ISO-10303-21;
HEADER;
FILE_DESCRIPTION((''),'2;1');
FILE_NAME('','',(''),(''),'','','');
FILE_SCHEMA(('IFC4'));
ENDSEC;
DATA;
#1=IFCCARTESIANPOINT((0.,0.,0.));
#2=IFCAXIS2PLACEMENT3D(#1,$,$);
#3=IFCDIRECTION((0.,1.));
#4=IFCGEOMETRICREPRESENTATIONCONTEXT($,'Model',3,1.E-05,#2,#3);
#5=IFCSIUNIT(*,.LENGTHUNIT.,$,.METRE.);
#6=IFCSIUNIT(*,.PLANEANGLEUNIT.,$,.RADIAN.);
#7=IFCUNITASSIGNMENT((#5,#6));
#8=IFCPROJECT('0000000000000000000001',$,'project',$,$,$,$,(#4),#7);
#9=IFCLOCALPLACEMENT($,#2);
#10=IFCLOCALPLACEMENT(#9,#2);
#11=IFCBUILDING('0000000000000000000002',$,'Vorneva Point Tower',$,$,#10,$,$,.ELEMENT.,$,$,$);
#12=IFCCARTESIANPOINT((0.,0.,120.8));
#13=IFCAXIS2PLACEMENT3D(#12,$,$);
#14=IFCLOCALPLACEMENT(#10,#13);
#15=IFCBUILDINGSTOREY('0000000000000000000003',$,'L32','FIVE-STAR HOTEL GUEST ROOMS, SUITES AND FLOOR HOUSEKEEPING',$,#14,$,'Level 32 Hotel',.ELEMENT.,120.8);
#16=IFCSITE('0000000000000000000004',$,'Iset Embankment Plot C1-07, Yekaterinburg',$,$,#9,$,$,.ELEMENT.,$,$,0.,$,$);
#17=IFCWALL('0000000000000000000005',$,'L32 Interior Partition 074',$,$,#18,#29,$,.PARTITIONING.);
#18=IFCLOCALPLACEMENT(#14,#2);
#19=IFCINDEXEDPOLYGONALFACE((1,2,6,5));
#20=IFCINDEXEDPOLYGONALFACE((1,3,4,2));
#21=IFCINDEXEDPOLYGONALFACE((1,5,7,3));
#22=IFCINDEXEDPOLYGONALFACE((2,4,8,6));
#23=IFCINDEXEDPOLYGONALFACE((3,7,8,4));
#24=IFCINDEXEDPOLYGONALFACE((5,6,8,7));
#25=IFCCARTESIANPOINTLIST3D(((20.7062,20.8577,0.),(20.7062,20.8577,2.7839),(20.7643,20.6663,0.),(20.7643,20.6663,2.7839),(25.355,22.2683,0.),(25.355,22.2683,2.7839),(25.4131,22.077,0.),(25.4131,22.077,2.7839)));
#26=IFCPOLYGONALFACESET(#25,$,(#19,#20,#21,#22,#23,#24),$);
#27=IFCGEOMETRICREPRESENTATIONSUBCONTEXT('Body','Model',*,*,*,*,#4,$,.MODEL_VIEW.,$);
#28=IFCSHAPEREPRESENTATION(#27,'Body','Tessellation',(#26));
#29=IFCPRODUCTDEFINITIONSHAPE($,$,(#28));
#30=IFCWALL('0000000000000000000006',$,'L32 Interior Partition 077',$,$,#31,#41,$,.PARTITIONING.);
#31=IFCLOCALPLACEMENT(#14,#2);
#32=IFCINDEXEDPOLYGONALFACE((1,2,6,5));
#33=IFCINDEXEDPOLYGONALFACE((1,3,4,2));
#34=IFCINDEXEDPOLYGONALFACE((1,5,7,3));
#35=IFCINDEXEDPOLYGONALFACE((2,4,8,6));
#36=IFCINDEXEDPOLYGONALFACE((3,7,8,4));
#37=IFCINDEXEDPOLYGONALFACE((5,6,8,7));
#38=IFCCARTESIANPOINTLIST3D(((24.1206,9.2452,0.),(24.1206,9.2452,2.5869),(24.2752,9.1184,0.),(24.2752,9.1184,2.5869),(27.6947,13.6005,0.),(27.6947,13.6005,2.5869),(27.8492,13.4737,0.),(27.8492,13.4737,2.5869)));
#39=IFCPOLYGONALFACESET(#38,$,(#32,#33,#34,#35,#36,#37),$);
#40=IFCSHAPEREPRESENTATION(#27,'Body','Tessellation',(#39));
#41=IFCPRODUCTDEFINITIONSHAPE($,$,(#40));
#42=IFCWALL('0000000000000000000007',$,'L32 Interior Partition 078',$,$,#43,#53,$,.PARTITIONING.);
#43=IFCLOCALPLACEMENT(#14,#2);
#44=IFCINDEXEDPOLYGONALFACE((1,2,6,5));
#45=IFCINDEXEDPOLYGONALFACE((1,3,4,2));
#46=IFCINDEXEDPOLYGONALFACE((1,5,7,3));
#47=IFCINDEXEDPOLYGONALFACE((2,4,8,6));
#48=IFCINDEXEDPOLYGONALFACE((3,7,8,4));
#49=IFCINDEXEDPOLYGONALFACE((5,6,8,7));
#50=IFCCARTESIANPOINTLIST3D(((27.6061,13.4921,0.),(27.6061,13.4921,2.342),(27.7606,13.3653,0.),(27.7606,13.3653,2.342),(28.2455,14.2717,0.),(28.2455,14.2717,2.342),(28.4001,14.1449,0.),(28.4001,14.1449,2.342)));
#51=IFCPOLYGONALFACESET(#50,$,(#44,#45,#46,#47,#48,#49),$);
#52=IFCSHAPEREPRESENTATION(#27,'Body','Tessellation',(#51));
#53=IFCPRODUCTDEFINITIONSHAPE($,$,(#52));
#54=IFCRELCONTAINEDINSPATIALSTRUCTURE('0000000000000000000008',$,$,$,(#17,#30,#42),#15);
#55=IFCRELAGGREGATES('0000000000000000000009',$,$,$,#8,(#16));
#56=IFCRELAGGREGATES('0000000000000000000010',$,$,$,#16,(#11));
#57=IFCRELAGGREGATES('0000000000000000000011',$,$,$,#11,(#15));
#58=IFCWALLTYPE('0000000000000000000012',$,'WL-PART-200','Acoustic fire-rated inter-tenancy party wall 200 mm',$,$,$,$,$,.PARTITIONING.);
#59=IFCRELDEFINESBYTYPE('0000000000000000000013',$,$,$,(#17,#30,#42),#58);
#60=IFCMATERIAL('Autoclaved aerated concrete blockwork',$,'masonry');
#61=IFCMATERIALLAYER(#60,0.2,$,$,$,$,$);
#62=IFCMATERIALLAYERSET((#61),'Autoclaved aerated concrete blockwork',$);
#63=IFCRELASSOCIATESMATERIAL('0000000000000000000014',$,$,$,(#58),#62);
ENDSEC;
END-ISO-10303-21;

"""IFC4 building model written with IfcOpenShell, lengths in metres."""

from ifc_helpers import new_model, si_unit, direction, frame, frame_2d, origin, place, context, subcontext, project, spatial, rectangle, extrude, material, layer, layer_set, type_object, element, save


model = new_model("IFC4")

# Units and contexts
model_context = context("Model", 3, precision=1e-05, world=origin(), true_north=direction((0.0, 1.0)))
body_context = subcontext(model_context, "Body", "Model", "MODEL_VIEW")
ifc_project = project(units=[si_unit("LENGTHUNIT", "METRE"), si_unit("PLANEANGLEUNIT", "RADIAN")], contexts=[model_context])

# Site, building, storey
site_placement = place(None, origin())
site = spatial("IfcSite", under=ifc_project, at=site_placement, Name="Iset Embankment Plot C1-07, Yekaterinburg", CompositionType="ELEMENT", RefElevation=0.0)
building_placement = place(site_placement, origin())
building = spatial("IfcBuilding", under=site, at=building_placement, Name="Vorneva Point Tower", CompositionType="ELEMENT")
storey_placement = place(building_placement, frame((0.0, 0.0, 120.8)))
storey = spatial("IfcBuildingStorey", under=building, at=storey_placement, Name="L32", Description="FIVE-STAR HOTEL GUEST ROOMS, SUITES AND FLOOR HOUSEKEEPING", LongName="Level 32 Hotel", CompositionType="ELEMENT", Elevation=120.8)

# Shared definitions
ifc_material_1 = material(Name="Autoclaved aerated concrete blockwork", Category="masonry")

# Walls
ifc_layer_1 = layer(ifc_material_1, 0.2)
ifc_layer_set_1 = layer_set([ifc_layer_1], Name="Autoclaved aerated concrete blockwork")
wall_type_1 = type_object("IfcWallType", Name="WL-PART-200", Description="Acoustic fire-rated inter-tenancy party wall 200 mm", PredefinedType="PARTITIONING", material=ifc_layer_set_1)
wall_1_placement = place(storey_placement, frame((20.7351, 20.762, 0.0), z_axis=(0.0, 0.0, 1.0), x_axis=(0.956917, 0.290362, 0.0)))
element("IfcWall", 1, at=wall_1_placement, inside=storey, type_object=wall_type_1, Name="L32 Interior Partition 074", PredefinedType="PARTITIONING", context=body_context, shape_type="SweptSolid", body=[
    extrude(rectangle(XDim=4.8582, YDim=0.2, at=frame_2d((2.4292, 0.0))), origin(), (0.0, 0.0, 1.0), 2.7839),
])
wall_2_placement = place(storey_placement, frame((24.198, 9.1819, 0.0), z_axis=(0.0, 0.0, 1.0), x_axis=(0.634365, 0.773034, 0.0)))
element("IfcWall", 2, at=wall_2_placement, inside=storey, type_object=wall_type_1, Name="L32 Interior Partition 077", PredefinedType="PARTITIONING", context=body_context, shape_type="SweptSolid", body=[
    extrude(rectangle(XDim=5.634, YDim=0.2, at=frame_2d((2.8169, 0.0))), origin(), (0.0, 0.0, 1.0), 2.5869),
])
wall_3_placement = place(storey_placement, frame((27.6833, 13.4287, 0.0), z_axis=(0.0, 0.0, 1.0), x_axis=(0.634187, 0.77318, 0.0)))
element("IfcWall", 3, at=wall_3_placement, inside=storey, type_object=wall_type_1, Name="L32 Interior Partition 078", PredefinedType="PARTITIONING", context=body_context, shape_type="SweptSolid", body=[
    extrude(rectangle(XDim=1.0083, YDim=0.2, at=frame_2d((0.5042, 0.0))), origin(), (0.0, 0.0, 1.0), 2.342),
])

save(model, "model.ifc")
